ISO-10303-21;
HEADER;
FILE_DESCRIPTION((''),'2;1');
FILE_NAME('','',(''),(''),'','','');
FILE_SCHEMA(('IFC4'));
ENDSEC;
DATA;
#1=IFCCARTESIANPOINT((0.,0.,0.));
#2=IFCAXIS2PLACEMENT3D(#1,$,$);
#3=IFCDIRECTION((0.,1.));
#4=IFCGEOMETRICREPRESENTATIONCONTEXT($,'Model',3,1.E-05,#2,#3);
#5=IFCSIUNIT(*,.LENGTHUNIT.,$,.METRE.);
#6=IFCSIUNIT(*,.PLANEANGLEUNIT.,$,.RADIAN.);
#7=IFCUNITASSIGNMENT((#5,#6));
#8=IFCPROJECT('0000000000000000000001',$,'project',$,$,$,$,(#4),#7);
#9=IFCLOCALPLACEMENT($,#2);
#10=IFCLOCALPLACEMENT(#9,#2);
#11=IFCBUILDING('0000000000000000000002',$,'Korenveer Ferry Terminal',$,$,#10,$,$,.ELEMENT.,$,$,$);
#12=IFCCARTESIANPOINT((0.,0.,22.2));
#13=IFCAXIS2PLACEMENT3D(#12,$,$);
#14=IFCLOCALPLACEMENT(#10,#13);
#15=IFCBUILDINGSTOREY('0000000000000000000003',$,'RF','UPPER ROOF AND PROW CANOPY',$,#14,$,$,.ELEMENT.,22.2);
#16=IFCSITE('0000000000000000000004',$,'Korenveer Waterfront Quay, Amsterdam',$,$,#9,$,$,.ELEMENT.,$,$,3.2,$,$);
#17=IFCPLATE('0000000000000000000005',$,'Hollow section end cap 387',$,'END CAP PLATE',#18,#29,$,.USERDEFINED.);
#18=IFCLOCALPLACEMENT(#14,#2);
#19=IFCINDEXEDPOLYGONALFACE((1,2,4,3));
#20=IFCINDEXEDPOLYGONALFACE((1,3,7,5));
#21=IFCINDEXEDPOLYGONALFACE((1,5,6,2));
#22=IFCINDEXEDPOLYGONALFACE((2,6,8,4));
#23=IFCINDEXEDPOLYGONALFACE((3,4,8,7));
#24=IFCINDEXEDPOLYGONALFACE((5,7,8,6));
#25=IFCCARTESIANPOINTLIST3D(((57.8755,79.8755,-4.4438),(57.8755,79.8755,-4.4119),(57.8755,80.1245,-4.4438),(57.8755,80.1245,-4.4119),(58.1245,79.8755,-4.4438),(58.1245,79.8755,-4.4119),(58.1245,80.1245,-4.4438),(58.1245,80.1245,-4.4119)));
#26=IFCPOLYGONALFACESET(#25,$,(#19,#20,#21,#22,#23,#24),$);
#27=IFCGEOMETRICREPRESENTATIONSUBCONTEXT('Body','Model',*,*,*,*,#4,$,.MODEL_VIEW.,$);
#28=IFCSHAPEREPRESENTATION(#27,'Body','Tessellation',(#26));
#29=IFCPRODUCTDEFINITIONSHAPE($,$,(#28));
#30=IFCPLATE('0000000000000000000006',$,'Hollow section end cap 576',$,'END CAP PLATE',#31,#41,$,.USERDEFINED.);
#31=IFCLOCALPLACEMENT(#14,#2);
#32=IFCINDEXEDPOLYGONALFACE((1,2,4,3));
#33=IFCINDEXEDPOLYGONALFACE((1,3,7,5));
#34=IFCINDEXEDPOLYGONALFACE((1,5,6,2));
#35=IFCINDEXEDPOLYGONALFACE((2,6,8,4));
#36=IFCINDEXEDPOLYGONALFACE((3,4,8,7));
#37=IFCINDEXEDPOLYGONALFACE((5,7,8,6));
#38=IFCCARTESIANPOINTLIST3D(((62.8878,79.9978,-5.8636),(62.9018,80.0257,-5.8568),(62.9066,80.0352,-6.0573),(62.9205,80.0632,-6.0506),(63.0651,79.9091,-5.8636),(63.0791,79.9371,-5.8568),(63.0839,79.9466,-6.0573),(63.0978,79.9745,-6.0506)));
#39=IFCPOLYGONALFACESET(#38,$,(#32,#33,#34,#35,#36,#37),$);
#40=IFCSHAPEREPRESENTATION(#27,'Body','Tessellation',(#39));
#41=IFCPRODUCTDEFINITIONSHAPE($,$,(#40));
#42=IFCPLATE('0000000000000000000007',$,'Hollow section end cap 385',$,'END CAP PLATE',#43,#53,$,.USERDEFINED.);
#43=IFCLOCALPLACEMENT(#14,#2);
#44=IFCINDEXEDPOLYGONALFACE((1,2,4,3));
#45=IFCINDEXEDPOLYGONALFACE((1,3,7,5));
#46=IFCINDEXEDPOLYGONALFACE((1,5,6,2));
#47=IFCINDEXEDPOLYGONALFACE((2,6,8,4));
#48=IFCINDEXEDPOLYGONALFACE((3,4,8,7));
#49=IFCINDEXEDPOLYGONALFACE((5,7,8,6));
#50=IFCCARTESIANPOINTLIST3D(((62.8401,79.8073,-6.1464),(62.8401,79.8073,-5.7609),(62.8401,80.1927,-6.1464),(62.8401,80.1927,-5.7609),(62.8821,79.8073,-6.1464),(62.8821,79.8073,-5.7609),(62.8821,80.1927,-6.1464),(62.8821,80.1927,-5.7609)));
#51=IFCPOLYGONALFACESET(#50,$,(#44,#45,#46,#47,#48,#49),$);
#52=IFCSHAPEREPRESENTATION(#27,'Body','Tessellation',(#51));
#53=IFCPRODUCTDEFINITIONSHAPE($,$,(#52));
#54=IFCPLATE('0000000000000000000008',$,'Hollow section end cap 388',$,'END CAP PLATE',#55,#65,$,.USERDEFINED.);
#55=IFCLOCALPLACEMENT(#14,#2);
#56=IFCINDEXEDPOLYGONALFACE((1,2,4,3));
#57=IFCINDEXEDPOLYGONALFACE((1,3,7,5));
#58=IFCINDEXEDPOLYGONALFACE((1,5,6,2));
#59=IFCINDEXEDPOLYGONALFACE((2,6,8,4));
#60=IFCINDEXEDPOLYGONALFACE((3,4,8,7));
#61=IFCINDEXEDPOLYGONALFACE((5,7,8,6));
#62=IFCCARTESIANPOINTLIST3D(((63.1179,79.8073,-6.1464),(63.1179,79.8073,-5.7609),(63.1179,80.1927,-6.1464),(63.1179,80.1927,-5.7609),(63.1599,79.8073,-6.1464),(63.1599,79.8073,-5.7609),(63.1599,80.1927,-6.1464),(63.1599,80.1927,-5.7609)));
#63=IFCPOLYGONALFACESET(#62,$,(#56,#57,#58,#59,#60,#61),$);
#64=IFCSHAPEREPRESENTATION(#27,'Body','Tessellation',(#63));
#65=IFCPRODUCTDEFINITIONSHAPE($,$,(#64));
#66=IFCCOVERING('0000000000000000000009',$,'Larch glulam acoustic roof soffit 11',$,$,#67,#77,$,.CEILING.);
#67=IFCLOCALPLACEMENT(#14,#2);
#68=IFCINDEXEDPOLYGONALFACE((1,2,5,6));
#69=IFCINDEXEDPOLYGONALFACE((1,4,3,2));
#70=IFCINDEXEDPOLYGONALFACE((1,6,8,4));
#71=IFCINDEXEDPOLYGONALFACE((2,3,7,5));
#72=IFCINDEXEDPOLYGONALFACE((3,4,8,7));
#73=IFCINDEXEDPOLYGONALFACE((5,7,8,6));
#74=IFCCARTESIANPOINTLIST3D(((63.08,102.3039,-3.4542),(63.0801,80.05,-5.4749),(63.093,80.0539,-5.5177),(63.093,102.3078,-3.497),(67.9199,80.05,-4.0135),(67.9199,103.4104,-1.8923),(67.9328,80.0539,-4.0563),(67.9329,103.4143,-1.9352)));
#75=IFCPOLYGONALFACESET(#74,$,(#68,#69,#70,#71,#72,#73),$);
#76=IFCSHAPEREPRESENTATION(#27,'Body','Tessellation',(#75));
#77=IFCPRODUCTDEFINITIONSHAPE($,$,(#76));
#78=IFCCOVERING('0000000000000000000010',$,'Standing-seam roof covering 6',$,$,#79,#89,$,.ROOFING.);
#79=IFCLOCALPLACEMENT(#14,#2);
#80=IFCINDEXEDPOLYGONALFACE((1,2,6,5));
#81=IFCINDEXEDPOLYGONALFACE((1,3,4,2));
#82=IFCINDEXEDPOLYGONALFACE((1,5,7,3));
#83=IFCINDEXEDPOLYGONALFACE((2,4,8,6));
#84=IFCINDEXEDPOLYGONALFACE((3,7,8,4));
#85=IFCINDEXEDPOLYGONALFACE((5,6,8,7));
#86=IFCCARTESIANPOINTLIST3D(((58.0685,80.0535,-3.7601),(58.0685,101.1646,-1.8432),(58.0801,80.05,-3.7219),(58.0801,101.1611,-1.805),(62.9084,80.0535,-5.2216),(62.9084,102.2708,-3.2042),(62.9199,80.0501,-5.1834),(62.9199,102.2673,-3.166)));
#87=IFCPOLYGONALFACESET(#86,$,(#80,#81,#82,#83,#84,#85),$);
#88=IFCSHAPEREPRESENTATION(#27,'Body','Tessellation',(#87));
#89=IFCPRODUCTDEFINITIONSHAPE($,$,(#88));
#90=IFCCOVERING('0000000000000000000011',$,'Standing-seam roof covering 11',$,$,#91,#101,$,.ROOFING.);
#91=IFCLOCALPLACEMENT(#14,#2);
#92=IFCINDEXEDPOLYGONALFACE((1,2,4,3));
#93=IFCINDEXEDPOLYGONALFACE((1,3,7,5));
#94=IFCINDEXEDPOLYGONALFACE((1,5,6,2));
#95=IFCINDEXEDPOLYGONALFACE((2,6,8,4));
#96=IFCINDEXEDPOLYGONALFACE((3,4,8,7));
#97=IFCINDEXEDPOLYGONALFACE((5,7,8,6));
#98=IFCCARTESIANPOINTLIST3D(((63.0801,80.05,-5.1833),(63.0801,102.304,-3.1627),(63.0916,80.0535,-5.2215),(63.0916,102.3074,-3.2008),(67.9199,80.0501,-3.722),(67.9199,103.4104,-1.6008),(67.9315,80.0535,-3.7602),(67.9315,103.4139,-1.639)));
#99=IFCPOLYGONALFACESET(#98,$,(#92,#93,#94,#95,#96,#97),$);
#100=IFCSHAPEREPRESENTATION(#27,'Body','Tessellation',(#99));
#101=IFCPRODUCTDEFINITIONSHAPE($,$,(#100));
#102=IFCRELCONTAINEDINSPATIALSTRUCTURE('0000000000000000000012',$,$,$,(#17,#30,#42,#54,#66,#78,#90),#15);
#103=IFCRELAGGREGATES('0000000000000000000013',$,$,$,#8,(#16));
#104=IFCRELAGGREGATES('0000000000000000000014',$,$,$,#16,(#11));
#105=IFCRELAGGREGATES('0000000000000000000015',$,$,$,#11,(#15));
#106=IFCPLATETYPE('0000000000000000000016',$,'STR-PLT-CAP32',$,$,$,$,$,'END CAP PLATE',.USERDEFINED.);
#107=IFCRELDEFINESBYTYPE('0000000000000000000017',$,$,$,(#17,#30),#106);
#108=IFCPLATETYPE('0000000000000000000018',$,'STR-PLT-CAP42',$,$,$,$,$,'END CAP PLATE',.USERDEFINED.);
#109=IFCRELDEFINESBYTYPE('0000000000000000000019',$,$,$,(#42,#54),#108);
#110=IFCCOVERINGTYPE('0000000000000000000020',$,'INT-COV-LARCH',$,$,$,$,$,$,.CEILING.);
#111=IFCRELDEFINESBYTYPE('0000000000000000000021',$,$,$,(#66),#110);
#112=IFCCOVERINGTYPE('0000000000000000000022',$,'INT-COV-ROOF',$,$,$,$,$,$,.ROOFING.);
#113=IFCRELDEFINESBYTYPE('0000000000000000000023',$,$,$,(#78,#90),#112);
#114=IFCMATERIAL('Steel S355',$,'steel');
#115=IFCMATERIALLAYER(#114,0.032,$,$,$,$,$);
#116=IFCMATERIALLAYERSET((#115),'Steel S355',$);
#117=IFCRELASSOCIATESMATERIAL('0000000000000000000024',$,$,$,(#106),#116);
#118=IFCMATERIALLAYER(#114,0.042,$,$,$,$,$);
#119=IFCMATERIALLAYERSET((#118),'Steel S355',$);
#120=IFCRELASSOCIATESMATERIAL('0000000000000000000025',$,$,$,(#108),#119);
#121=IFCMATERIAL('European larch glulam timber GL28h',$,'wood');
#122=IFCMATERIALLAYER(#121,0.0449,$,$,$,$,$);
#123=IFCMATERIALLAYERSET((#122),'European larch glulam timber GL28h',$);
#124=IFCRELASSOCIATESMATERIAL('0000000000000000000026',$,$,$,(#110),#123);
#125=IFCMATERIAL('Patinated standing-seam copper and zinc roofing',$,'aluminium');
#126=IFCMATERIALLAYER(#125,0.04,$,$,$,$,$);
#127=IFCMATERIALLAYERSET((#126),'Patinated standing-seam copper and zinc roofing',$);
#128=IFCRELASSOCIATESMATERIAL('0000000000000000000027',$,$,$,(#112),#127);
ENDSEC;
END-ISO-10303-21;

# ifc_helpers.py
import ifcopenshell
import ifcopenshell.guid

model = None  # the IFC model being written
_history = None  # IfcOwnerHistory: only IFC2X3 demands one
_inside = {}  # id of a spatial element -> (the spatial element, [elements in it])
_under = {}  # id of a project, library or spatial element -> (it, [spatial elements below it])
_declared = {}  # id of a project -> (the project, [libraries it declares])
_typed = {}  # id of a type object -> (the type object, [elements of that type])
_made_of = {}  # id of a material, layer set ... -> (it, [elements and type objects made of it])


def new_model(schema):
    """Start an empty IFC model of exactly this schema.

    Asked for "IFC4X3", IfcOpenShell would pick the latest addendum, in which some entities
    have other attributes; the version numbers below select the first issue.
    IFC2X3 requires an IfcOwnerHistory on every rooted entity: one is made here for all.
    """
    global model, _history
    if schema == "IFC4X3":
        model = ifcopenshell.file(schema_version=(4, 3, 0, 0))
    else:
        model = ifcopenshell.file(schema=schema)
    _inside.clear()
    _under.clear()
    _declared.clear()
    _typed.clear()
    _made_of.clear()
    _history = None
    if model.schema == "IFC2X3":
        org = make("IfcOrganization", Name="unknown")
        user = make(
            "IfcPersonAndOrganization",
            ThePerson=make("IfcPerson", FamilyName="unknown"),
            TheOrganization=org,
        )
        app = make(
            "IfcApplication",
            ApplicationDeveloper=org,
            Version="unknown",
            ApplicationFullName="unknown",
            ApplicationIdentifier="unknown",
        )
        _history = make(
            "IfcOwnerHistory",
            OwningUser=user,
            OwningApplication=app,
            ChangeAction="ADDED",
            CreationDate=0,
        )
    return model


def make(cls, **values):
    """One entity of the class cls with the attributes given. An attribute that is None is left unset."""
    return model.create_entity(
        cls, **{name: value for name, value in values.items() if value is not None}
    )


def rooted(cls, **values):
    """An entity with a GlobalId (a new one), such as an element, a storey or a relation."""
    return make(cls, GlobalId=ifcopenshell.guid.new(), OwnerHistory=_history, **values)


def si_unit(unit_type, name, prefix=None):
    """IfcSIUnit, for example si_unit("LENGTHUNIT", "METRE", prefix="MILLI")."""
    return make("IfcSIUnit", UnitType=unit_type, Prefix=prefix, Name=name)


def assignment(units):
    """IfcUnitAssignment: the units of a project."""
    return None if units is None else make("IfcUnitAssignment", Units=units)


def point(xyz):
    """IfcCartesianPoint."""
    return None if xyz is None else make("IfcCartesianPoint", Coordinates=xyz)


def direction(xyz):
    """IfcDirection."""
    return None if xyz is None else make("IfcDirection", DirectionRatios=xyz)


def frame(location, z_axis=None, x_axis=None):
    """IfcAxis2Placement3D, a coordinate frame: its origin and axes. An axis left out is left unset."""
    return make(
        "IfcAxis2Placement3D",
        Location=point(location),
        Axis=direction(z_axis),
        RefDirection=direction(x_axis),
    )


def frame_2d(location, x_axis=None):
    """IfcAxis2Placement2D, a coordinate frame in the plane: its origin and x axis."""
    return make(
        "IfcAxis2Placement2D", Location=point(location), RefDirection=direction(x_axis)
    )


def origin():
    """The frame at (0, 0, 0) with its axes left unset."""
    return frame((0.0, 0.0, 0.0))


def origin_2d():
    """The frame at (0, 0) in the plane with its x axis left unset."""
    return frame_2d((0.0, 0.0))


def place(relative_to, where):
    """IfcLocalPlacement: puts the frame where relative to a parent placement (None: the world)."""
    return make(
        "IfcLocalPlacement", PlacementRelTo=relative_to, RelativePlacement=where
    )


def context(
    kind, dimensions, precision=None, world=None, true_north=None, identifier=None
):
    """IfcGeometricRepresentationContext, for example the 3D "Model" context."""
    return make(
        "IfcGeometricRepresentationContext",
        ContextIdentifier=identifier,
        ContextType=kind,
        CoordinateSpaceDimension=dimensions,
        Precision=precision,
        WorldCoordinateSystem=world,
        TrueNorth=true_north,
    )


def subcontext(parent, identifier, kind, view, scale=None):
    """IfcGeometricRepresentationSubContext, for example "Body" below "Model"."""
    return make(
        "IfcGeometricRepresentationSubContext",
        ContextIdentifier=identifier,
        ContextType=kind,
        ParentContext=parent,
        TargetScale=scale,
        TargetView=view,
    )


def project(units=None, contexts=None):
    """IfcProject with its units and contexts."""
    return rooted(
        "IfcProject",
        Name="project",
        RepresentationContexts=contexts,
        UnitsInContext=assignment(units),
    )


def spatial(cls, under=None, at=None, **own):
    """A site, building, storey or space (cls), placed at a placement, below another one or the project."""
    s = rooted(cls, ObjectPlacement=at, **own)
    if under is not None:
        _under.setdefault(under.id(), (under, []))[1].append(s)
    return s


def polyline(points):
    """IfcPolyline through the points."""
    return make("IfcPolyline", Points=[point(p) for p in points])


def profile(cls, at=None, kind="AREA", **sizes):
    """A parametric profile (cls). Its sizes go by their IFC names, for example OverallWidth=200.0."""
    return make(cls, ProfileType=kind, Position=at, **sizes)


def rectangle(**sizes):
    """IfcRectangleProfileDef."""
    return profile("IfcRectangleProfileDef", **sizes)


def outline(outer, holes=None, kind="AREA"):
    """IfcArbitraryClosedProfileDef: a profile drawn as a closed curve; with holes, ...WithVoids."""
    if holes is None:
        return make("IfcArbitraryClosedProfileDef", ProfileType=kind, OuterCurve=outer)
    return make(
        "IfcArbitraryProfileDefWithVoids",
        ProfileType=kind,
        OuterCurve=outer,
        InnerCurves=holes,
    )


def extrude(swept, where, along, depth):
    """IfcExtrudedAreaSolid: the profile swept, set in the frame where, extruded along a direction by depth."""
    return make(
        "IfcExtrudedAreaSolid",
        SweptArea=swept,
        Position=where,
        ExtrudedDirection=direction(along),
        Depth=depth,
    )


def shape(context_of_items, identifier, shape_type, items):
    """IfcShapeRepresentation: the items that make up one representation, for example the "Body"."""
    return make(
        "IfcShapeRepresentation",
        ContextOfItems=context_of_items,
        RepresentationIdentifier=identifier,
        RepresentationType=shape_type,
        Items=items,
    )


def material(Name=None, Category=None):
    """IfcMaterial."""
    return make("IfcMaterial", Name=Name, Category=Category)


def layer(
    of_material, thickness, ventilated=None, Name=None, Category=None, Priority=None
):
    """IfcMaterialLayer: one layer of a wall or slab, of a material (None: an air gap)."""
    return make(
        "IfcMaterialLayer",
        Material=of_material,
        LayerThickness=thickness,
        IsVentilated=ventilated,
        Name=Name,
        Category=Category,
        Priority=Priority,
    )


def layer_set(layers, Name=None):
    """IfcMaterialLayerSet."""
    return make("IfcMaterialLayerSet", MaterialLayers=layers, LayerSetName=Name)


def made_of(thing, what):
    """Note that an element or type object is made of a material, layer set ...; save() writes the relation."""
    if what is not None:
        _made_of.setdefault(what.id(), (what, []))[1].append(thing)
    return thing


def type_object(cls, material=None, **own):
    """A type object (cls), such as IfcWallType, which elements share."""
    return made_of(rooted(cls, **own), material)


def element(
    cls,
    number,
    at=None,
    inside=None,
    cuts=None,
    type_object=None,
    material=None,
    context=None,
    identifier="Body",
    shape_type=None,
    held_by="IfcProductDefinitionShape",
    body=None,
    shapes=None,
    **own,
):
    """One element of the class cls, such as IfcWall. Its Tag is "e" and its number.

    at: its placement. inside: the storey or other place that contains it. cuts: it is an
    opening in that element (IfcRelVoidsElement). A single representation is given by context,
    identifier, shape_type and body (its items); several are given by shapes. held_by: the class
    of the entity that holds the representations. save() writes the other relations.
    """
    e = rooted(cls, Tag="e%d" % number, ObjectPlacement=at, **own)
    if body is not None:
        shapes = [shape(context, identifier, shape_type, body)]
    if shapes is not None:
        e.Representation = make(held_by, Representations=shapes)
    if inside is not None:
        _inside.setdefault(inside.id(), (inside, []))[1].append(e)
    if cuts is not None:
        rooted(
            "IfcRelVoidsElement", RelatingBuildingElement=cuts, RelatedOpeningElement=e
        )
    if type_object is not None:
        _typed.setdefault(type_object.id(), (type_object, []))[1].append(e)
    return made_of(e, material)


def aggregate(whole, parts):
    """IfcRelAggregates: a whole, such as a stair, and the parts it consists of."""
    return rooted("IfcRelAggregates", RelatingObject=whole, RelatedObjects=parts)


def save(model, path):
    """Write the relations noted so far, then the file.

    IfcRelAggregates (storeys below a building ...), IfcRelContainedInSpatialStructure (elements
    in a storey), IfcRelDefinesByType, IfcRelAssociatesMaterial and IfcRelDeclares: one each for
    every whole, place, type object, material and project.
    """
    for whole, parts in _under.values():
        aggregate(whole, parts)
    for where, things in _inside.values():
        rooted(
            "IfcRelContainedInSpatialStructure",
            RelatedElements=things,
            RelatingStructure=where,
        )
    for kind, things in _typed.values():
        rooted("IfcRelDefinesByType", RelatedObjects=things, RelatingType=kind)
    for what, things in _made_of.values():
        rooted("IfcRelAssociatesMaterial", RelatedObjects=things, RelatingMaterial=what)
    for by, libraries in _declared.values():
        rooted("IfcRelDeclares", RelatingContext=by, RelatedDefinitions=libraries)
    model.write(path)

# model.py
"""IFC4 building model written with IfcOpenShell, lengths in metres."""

from ifc_helpers import new_model, si_unit, direction, frame, origin, origin_2d, place, context, subcontext, project, spatial, polyline, rectangle, outline, extrude, material, layer, layer_set, type_object, element, save


model = new_model("IFC4")

# Units and contexts
model_context = context("Model", 3, precision=1e-05, world=origin(), true_north=direction((0.0, 1.0)))
body_context = subcontext(model_context, "Body", "Model", "MODEL_VIEW")
ifc_project = project(units=[si_unit("LENGTHUNIT", "METRE"), si_unit("PLANEANGLEUNIT", "RADIAN")], contexts=[model_context])

# Site, building, storey
site_placement = place(None, origin())
site = spatial("IfcSite", under=ifc_project, at=site_placement, Name="Korenveer Waterfront Quay, Amsterdam", CompositionType="ELEMENT", RefElevation=3.2)
building_placement = place(site_placement, origin())
building = spatial("IfcBuilding", under=site, at=building_placement, Name="Korenveer Ferry Terminal", CompositionType="ELEMENT")
storey_placement = place(building_placement, frame((0.0, 0.0, 22.2)))
storey = spatial("IfcBuildingStorey", under=building, at=storey_placement, Name="RF", Description="UPPER ROOF AND PROW CANOPY", CompositionType="ELEMENT", Elevation=22.2)

# Shared definitions
ifc_material_1 = material(Name="Steel S355", Category="steel")

# Plates
ifc_layer_1 = layer(ifc_material_1, 0.032)
ifc_layer_set_1 = layer_set([ifc_layer_1], Name="Steel S355")
plate_type_1 = type_object("IfcPlateType", Name="STR-PLT-CAP32", ElementType="END CAP PLATE", PredefinedType="USERDEFINED", material=ifc_layer_set_1)
for number, where, z_axis, x_axis, name in (
    (1, (58.0, 80.0, -4.4438), (0.0, 0.0, 1.0), (1.0, 0.0, 0.0), "Hollow section end cap 387"),
):
    element("IfcPlate", number, at=place(storey_placement, frame(where, z_axis=z_axis, x_axis=x_axis)), inside=storey, type_object=plate_type_1, Name=name, ObjectType="END CAP PLATE", PredefinedType="USERDEFINED", context=body_context, shape_type="SweptSolid", body=[
        extrude(rectangle(XDim=0.249, YDim=0.249, at=origin_2d()), origin(), (0.0, 0.0, 1.0), 0.032),
    ])
plate_placement = place(storey_placement, frame((62.9858, 79.9722, -5.9604), z_axis=(0.43711, 0.874221, 0.21136), x_axis=(-0.894427, 0.447214, 0.0)))
element("IfcPlate", 2, at=plate_placement, inside=storey, type_object=plate_type_1, Name="Hollow section end cap 576", ObjectType="END CAP PLATE", PredefinedType="USERDEFINED", context=body_context, shape_type="SweptSolid", body=[
    extrude(rectangle(XDim=0.1982, YDim=0.1982, at=origin_2d()), origin(), (0.0, 0.0, 1.0), 0.032),
])
ifc_layer_2 = layer(ifc_material_1, 0.042)
ifc_layer_set_2 = layer_set([ifc_layer_2], Name="Steel S355")
plate_type_2 = type_object("IfcPlateType", Name="STR-PLT-CAP42", ElementType="END CAP PLATE", PredefinedType="USERDEFINED", material=ifc_layer_set_2)
for number, where, z_axis, x_axis, name in (
    (3, (62.8401, 80.0, -5.9536), (1.0, 0.0, 0.0), (0.0, 1.0, 0.0), "Hollow section end cap 385"),
    (4, (63.1179, 80.0, -5.9536), (1.0, 0.0, 0.0), (0.0, 1.0, 0.0), "Hollow section end cap 388"),
):
    element("IfcPlate", number, at=place(storey_placement, frame(where, z_axis=z_axis, x_axis=x_axis)), inside=storey, type_object=plate_type_2, Name=name, ObjectType="END CAP PLATE", PredefinedType="USERDEFINED", context=body_context, shape_type="SweptSolid", body=[
        extrude(rectangle(XDim=0.3855, YDim=0.3855, at=origin_2d()), origin(), (0.0, 0.0, 1.0), 0.042),
    ])

# Coverings
ifc_material_2 = material(Name="European larch glulam timber GL28h", Category="wood")
ifc_layer_3 = layer(ifc_material_2, 0.0449)
ifc_layer_set_3 = layer_set([ifc_layer_3], Name="European larch glulam timber GL28h")
covering_type_1 = type_object("IfcCoveringType", Name="INT-COV-LARCH", PredefinedType="CEILING", material=ifc_layer_set_3)
covering_1_placement = place(storey_placement, frame((63.0801, 80.05, -5.4749), z_axis=(-0.287969, -0.086599, 0.953716), x_axis=(0.957313, -0.000003, 0.289055)))
element("IfcCovering", 5, at=covering_1_placement, inside=storey, type_object=covering_type_1, Name="Larch glulam acoustic roof soffit 11", PredefinedType="CEILING", context=body_context, shape_type="SweptSolid", body=[
    extrude(outline(polyline([(0.0, 0.0), (5.0556, 0.0), (5.6687, 23.4485), (0.584, 22.3378), (0.0, 0.0)])), origin(), (0.0, 0.0, -1.0), 0.0449),
])
ifc_material_3 = material(Name="Patinated standing-seam copper and zinc roofing", Category="aluminium")
ifc_layer_4 = layer(ifc_material_3, 0.04)
ifc_layer_set_4 = layer_set([ifc_layer_4], Name="Patinated standing-seam copper and zinc roofing")
covering_type_2 = type_object("IfcCoveringType", Name="INT-COV-ROOF", PredefinedType="ROOFING", material=ifc_layer_set_4)
covering_2_placement = place(storey_placement, frame((58.0801, 80.05, -3.7219), z_axis=(0.28799, -0.086599, 0.95371), x_axis=(0.957306, 0.000001, -0.289076)))
element("IfcCovering", 6, at=covering_2_placement, inside=storey, type_object=covering_type_2, Name="Standing-seam roof covering 6", PredefinedType="ROOFING", context=body_context, shape_type="SweptSolid", body=[
    extrude(outline(polyline([(0.0, 0.0), (5.0557, 0.0), (4.4725, 22.3011), (-0.5541, 21.1907), (0.0, 0.0)])), origin(), (0.0, 0.0, -1.0), 0.04),
])
covering_3_placement = place(storey_placement, frame((63.0801, 80.05, -5.1833), z_axis=(-0.287969, -0.086599, 0.953716), x_axis=(0.957312, 0.000001, 0.289055)))
element("IfcCovering", 7, at=covering_3_placement, inside=storey, type_object=covering_type_2, Name="Standing-seam roof covering 11", PredefinedType="ROOFING", context=body_context, shape_type="SweptSolid", body=[
    extrude(outline(polyline([(0.0, 0.0), (5.0557, 0.0), (5.6688, 23.4484), (0.5841, 22.3378), (0.0, 0.0)])), origin(), (0.0, 0.0, -1.0), 0.04),
])

save(model, "model.ifc")
